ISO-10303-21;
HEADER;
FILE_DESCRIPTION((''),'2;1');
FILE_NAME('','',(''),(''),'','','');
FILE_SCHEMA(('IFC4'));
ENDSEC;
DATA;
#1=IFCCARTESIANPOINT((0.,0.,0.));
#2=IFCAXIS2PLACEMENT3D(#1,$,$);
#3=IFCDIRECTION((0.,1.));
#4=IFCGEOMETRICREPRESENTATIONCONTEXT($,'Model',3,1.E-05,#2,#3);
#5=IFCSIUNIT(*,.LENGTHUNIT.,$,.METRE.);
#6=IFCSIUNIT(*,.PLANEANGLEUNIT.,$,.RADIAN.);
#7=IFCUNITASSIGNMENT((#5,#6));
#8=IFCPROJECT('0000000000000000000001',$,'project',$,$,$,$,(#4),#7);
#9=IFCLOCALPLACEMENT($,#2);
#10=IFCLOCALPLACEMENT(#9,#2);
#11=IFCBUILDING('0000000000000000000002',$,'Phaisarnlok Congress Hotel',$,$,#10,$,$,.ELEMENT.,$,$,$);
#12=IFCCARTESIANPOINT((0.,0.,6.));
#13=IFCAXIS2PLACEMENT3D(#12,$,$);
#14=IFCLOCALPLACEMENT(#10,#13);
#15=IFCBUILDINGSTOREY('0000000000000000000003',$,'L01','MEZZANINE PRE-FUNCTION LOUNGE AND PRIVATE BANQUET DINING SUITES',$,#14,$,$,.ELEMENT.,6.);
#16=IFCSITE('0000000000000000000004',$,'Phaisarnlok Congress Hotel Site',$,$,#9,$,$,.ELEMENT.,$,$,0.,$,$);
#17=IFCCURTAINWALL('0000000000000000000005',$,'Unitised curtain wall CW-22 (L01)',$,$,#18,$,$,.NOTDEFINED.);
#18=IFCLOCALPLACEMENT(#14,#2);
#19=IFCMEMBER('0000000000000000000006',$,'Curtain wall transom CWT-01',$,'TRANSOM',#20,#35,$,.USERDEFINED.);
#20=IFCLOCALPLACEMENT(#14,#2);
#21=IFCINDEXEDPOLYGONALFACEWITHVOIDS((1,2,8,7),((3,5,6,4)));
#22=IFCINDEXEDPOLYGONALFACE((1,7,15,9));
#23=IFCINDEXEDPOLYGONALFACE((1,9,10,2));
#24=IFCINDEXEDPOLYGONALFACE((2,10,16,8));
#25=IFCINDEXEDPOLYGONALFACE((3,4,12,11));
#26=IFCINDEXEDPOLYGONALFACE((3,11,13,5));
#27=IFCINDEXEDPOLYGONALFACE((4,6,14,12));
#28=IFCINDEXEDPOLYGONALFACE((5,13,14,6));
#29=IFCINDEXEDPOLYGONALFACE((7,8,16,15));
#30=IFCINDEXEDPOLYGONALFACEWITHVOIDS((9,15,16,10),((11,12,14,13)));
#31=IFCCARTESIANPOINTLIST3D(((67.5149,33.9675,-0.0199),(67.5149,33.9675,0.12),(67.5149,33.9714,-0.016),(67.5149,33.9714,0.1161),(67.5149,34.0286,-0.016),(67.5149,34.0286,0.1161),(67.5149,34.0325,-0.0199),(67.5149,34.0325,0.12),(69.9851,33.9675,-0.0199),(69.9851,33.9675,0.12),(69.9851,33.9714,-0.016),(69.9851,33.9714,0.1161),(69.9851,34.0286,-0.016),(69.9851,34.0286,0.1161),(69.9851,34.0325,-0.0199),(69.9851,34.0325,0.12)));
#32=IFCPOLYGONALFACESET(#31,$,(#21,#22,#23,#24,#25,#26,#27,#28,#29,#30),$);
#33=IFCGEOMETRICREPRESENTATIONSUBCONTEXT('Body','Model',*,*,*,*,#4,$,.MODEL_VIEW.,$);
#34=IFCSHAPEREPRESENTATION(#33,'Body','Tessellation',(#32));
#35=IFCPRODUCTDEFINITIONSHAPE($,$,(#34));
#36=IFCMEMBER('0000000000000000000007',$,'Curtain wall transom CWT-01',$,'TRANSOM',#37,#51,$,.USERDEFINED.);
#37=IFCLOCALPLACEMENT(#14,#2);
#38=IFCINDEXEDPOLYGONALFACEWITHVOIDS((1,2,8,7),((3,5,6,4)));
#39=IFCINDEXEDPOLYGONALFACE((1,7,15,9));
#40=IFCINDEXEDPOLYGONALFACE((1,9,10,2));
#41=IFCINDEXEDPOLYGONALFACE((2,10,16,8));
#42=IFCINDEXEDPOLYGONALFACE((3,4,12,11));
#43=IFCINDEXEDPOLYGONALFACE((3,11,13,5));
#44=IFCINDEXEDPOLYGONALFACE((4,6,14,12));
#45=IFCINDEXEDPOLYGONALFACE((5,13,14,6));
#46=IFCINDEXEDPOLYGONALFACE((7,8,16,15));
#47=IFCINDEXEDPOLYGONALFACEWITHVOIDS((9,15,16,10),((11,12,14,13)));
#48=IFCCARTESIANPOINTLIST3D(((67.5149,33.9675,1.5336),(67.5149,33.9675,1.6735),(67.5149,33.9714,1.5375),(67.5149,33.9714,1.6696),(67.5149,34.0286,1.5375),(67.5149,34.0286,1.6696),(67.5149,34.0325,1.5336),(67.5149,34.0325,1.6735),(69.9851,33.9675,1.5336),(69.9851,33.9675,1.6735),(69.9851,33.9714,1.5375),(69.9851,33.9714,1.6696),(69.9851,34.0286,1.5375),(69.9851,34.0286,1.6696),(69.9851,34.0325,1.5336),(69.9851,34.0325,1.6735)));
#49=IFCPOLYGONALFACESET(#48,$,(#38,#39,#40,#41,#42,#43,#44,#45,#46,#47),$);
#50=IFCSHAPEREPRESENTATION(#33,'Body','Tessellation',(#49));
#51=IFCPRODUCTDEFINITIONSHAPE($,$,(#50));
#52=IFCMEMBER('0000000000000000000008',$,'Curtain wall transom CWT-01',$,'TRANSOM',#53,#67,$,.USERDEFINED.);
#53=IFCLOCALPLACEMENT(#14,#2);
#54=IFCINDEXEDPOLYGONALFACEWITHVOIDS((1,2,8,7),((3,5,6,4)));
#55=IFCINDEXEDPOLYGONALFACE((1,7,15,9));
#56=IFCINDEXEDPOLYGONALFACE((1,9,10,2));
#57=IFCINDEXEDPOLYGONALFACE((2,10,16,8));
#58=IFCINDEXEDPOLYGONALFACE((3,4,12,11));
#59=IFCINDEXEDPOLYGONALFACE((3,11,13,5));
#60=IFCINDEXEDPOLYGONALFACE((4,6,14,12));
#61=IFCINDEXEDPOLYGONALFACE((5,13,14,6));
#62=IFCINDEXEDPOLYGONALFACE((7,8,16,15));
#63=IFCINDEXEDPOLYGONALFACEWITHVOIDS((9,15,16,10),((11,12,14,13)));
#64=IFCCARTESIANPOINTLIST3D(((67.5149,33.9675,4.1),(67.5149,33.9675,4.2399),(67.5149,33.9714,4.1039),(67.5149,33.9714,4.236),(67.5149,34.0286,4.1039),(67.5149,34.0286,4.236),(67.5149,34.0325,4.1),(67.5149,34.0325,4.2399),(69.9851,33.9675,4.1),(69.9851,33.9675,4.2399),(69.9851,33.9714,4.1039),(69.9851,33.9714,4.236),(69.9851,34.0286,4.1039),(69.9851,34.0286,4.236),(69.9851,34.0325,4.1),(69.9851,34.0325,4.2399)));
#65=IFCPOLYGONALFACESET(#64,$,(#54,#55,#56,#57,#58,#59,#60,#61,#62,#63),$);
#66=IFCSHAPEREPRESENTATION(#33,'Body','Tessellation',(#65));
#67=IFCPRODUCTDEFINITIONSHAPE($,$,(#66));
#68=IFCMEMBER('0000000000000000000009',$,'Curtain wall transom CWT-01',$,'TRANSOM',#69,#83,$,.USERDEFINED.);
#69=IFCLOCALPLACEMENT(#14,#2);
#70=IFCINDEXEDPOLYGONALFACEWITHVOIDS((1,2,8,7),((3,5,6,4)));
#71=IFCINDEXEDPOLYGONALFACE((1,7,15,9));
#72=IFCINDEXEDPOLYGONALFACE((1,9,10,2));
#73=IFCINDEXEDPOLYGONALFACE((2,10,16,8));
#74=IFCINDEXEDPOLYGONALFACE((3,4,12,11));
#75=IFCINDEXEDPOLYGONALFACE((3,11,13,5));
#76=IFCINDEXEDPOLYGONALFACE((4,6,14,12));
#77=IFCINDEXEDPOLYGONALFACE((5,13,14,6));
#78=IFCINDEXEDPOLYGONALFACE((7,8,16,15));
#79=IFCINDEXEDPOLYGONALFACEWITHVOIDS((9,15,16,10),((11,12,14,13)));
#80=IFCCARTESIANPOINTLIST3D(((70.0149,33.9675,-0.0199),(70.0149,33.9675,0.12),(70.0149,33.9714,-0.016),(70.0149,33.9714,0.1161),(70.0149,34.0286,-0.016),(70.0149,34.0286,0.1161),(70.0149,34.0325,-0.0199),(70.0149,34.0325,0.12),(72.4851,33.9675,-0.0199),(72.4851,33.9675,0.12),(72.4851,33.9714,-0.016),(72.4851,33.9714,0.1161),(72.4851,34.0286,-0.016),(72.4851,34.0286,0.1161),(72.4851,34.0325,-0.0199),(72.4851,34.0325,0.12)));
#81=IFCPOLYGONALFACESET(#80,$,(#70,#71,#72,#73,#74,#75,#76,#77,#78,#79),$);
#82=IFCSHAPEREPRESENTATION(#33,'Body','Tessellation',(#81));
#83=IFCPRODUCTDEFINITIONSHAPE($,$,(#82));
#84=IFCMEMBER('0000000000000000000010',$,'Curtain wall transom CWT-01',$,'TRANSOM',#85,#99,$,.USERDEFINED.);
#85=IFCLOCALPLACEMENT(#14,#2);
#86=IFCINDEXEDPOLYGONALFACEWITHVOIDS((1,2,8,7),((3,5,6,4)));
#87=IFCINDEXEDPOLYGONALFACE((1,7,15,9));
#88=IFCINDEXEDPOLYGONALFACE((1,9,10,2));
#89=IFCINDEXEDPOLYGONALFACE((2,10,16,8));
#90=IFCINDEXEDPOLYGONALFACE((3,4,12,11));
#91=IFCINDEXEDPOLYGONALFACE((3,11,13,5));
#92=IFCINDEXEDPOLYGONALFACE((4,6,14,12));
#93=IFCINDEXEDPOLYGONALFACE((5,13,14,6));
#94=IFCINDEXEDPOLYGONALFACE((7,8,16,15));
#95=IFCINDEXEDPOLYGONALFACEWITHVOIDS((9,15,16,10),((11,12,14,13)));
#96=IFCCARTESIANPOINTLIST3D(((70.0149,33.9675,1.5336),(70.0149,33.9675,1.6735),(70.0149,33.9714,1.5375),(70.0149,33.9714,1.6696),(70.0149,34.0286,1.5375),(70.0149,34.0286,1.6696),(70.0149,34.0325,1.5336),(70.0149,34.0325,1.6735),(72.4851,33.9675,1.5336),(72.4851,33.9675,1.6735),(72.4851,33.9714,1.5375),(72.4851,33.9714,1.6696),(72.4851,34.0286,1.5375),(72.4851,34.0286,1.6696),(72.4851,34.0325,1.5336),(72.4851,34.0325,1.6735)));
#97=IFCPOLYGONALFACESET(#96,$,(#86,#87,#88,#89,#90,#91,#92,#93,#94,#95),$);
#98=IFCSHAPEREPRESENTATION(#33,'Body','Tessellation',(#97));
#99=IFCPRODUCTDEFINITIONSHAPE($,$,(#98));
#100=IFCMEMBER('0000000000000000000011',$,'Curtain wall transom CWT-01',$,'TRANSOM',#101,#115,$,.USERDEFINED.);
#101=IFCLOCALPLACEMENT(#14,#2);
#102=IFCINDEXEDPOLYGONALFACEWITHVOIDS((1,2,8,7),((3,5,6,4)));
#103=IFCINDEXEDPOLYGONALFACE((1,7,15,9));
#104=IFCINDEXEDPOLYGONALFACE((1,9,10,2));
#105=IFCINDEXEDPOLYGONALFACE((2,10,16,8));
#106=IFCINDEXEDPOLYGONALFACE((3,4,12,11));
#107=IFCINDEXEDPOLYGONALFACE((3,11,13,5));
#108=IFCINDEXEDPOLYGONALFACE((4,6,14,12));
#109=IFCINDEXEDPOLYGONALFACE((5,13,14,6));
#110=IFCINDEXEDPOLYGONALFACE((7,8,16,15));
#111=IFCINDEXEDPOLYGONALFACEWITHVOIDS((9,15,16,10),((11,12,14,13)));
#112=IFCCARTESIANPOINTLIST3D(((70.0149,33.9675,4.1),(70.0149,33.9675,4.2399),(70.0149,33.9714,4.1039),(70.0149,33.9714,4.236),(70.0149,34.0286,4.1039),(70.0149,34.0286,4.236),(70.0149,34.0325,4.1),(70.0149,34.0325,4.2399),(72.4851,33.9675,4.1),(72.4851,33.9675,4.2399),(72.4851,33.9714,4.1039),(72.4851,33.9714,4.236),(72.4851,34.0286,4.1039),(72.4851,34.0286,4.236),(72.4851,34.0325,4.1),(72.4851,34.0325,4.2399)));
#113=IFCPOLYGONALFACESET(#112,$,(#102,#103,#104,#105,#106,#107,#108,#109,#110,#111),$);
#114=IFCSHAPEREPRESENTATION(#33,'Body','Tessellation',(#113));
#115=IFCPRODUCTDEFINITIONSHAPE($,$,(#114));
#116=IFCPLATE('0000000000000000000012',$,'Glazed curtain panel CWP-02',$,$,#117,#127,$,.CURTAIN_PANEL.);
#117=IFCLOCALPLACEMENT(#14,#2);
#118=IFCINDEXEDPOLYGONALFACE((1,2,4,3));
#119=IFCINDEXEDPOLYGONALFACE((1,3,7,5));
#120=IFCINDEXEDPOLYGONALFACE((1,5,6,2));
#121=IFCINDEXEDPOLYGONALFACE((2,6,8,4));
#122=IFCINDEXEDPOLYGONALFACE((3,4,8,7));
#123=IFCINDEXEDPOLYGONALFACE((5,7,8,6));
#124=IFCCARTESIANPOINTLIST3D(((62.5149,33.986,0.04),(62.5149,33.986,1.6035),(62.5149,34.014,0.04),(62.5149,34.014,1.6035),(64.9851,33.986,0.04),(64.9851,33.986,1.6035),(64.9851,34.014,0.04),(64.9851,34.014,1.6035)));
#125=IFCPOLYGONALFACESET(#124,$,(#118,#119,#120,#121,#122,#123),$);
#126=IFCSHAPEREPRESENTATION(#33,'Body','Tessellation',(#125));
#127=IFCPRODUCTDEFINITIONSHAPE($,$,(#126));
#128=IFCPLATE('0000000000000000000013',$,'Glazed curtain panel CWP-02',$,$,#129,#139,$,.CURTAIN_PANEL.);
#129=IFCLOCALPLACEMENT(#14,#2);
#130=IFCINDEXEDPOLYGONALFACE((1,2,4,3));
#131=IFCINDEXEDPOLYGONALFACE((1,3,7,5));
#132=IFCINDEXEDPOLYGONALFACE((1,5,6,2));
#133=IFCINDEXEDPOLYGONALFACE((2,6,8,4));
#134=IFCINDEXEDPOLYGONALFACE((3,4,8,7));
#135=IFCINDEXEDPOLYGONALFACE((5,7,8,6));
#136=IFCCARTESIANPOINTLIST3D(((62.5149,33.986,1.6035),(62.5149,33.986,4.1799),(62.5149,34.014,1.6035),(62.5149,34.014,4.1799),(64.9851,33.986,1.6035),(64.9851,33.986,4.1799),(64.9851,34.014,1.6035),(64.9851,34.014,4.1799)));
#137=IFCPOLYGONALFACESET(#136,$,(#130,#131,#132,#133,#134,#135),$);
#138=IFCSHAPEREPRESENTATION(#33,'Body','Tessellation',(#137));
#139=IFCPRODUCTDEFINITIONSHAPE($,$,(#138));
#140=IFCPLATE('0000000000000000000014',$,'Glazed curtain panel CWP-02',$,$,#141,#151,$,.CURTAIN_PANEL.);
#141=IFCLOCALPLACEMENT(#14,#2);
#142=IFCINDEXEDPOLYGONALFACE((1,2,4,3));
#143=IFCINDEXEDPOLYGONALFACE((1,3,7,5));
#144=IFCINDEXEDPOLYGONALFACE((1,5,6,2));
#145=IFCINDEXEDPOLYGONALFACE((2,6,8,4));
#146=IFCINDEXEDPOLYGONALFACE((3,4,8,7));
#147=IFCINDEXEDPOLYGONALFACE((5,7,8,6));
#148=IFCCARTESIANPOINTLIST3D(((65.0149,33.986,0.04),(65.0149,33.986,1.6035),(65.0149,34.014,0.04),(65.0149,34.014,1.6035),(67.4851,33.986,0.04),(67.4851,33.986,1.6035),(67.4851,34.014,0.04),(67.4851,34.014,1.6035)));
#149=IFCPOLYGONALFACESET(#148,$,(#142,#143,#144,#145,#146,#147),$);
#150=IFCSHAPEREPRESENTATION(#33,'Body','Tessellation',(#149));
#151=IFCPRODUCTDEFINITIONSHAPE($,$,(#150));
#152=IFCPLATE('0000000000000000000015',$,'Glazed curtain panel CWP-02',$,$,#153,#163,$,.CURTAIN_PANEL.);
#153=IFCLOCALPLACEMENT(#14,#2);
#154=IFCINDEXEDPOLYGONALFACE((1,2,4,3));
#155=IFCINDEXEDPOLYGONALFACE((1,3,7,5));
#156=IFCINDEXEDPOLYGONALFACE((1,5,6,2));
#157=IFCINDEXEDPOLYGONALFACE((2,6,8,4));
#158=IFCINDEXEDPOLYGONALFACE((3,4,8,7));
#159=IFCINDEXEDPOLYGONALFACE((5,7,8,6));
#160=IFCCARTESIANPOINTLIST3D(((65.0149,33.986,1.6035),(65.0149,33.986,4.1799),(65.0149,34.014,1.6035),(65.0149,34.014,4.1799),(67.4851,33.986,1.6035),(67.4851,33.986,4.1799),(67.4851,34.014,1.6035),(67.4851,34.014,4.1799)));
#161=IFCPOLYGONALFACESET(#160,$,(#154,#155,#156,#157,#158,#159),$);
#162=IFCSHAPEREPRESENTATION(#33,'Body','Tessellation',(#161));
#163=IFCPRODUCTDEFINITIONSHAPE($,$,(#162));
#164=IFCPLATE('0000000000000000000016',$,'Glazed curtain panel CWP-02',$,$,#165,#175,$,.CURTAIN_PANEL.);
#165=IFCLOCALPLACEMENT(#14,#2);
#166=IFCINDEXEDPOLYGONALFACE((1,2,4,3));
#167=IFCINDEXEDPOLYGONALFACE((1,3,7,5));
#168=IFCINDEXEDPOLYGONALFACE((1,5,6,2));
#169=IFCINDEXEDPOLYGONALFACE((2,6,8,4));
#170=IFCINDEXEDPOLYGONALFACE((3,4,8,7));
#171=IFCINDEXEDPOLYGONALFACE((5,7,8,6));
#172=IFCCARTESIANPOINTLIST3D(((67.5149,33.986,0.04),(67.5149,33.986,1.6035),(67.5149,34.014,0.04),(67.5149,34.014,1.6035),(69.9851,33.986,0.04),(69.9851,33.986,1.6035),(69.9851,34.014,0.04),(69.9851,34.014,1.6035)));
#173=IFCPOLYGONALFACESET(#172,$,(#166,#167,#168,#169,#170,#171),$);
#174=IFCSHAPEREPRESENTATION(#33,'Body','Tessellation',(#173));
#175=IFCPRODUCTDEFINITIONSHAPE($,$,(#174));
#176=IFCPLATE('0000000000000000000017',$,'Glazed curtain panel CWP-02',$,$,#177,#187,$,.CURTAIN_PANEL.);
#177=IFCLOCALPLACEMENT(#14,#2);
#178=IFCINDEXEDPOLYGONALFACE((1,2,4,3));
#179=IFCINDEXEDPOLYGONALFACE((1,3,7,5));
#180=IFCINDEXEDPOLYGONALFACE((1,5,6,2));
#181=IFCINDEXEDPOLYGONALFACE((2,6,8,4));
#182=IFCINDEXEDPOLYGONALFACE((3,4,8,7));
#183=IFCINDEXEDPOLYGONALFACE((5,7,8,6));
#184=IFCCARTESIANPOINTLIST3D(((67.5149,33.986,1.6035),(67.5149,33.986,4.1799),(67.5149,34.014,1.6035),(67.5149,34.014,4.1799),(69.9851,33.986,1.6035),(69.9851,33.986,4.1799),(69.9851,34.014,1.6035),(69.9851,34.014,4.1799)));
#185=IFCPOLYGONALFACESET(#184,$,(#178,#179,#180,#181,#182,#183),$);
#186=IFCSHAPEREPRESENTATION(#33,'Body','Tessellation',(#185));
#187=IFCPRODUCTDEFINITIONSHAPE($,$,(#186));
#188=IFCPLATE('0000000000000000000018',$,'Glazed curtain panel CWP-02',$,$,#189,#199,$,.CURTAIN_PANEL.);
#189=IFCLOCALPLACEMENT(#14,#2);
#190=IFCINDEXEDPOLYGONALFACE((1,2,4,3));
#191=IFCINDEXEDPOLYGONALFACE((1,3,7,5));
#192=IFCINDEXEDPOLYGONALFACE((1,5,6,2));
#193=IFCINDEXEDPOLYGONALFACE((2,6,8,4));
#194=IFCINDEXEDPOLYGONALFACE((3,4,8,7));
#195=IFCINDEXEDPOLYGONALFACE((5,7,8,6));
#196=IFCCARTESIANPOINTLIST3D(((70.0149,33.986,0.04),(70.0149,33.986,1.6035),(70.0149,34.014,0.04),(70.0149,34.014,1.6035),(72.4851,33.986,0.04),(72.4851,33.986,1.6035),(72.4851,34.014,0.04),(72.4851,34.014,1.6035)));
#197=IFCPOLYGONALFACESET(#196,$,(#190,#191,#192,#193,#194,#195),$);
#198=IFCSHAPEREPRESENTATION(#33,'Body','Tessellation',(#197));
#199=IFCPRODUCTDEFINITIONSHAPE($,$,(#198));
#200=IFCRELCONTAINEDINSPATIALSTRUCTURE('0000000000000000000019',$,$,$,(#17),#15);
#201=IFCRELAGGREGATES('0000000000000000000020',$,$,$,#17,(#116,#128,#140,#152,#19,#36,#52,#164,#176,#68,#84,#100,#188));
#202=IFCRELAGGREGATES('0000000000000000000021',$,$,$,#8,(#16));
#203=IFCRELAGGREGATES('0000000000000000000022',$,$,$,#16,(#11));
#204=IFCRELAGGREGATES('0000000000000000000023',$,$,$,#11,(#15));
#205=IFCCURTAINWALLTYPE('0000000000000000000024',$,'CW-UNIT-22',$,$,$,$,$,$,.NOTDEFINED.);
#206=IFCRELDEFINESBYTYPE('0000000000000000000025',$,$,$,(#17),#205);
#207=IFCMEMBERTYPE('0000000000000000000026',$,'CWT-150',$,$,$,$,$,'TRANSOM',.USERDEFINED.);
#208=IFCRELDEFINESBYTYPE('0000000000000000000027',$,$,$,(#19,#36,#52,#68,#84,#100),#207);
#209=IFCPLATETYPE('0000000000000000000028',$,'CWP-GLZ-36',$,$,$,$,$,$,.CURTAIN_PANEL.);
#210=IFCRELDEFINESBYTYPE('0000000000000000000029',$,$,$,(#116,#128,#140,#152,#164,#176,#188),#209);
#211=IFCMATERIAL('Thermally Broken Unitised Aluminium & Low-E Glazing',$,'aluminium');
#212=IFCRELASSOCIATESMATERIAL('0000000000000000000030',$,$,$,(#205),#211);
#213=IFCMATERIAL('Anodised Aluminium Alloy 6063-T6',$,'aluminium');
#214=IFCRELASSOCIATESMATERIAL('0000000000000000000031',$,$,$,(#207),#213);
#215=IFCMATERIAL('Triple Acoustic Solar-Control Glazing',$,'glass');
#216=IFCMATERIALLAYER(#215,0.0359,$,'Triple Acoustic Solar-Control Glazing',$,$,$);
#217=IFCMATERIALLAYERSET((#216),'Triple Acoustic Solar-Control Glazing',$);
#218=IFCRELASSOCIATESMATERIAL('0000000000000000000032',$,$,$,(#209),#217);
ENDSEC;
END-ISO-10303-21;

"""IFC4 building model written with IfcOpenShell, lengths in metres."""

from ifc_helpers import new_model, si_unit, direction, frame, frame_2d, origin, origin_2d, place, context, subcontext, project, spatial, rectangle, hollow_rectangle, extrude, material, layer, layer_set, material_profile, profile_set, type_object, element, aggregate, save


model = new_model("IFC4")

# Units and contexts
model_context = context("Model", 3, precision=1e-05, world=origin(), true_north=direction((0.0, 1.0)))
body_context = subcontext(model_context, "Body", "Model", "MODEL_VIEW")
ifc_project = project(units=[si_unit("LENGTHUNIT", "METRE"), si_unit("PLANEANGLEUNIT", "RADIAN")], contexts=[model_context])

# Site, building, storey
site_placement = place(None, origin())
site = spatial("IfcSite", under=ifc_project, at=site_placement, Name="Phaisarnlok Congress Hotel Site", CompositionType="ELEMENT", RefElevation=0.0)
building_placement = place(site_placement, origin())
building = spatial("IfcBuilding", under=site, at=building_placement, Name="Phaisarnlok Congress Hotel", CompositionType="ELEMENT")
storey_placement = place(building_placement, frame((0.0, 0.0, 6.0)))
storey = spatial("IfcBuildingStorey", under=building, at=storey_placement, Name="L01", Description="MEZZANINE PRE-FUNCTION LOUNGE AND PRIVATE BANQUET DINING SUITES", CompositionType="ELEMENT", Elevation=6.0)

# Curtain wall, members, plates
ifc_material_1 = material(Name="Thermally Broken Unitised Aluminium & Low-E Glazing", Category="aluminium")
curtain_wall_type = type_object("IfcCurtainWallType", Name="CW-UNIT-22", PredefinedType="NOTDEFINED", material=ifc_material_1)
curtain_wall_placement = place(storey_placement, origin())
curtain_wall = element("IfcCurtainWall", 1, at=curtain_wall_placement, inside=storey, type_object=curtain_wall_type, Name="Unitised curtain wall CW-22 (L01)", PredefinedType="NOTDEFINED")
ifc_material_2 = material(Name="Anodised Aluminium Alloy 6063-T6", Category="aluminium")
ifc_material_profile_1 = material_profile(ifc_material_2, hollow_rectangle(XDim=0.0649, YDim=0.1399, WallThickness=0.0039, at=origin_2d()), Name="ALU-T 65x140x4")
ifc_profile_set_1 = profile_set([ifc_material_profile_1], Name="Anodised Aluminium Alloy 6063-T6")
member_type_1 = type_object("IfcMemberType", Name="CWT-150", ElementType="TRANSOM", PredefinedType="USERDEFINED", material=ifc_profile_set_1)
member_1_placement = place(storey_placement, frame((67.5149, 34.0, 0.05), z_axis=(1.0, 0.0, 0.0), x_axis=(0.0, 1.0, 0.0)))
member_1 = element("IfcMember", 2, at=member_1_placement, type_object=member_type_1, Name="Curtain wall transom CWT-01", ObjectType="TRANSOM", PredefinedType="USERDEFINED", context=body_context, shape_type="SweptSolid", body=[
    extrude(hollow_rectangle(XDim=0.0649, YDim=0.1399, WallThickness=0.0039, at=origin_2d()), origin(), (0.0, 0.0, 1.0), 2.4702),
])
member_2_placement = place(storey_placement, frame((67.5149, 34.0, 1.6035), z_axis=(1.0, 0.0, 0.0), x_axis=(0.0, 1.0, 0.0)))
member_2 = element("IfcMember", 3, at=member_2_placement, type_object=member_type_1, Name="Curtain wall transom CWT-01", ObjectType="TRANSOM", PredefinedType="USERDEFINED", context=body_context, shape_type="SweptSolid", body=[
    extrude(hollow_rectangle(XDim=0.0649, YDim=0.1399, WallThickness=0.0039, at=origin_2d()), origin(), (0.0, 0.0, 1.0), 2.4702),
])
member_3_placement = place(storey_placement, frame((67.5149, 34.0, 4.1699), z_axis=(1.0, 0.0, 0.0), x_axis=(0.0, 1.0, 0.0)))
member_3 = element("IfcMember", 4, at=member_3_placement, type_object=member_type_1, Name="Curtain wall transom CWT-01", ObjectType="TRANSOM", PredefinedType="USERDEFINED", context=body_context, shape_type="SweptSolid", body=[
    extrude(hollow_rectangle(XDim=0.0649, YDim=0.1399, WallThickness=0.0039, at=origin_2d()), origin(), (0.0, 0.0, 1.0), 2.4702),
])
member_4_placement = place(storey_placement, frame((70.0149, 34.0, 0.05), z_axis=(1.0, 0.0, 0.0), x_axis=(0.0, 1.0, 0.0)))
member_4 = element("IfcMember", 5, at=member_4_placement, type_object=member_type_1, Name="Curtain wall transom CWT-01", ObjectType="TRANSOM", PredefinedType="USERDEFINED", context=body_context, shape_type="SweptSolid", body=[
    extrude(hollow_rectangle(XDim=0.0649, YDim=0.1399, WallThickness=0.0039, at=origin_2d()), origin(), (0.0, 0.0, 1.0), 2.4702),
])
member_5_placement = place(storey_placement, frame((70.0149, 34.0, 1.6035), z_axis=(1.0, 0.0, 0.0), x_axis=(0.0, 1.0, 0.0)))
member_5 = element("IfcMember", 6, at=member_5_placement, type_object=member_type_1, Name="Curtain wall transom CWT-01", ObjectType="TRANSOM", PredefinedType="USERDEFINED", context=body_context, shape_type="SweptSolid", body=[
    extrude(hollow_rectangle(XDim=0.0649, YDim=0.1399, WallThickness=0.0039, at=origin_2d()), origin(), (0.0, 0.0, 1.0), 2.4702),
])
member_6_placement = place(storey_placement, frame((70.0149, 34.0, 4.1699), z_axis=(1.0, 0.0, 0.0), x_axis=(0.0, 1.0, 0.0)))
member_6 = element("IfcMember", 7, at=member_6_placement, type_object=member_type_1, Name="Curtain wall transom CWT-01", ObjectType="TRANSOM", PredefinedType="USERDEFINED", context=body_context, shape_type="SweptSolid", body=[
    extrude(hollow_rectangle(XDim=0.0649, YDim=0.1399, WallThickness=0.0039, at=origin_2d()), origin(), (0.0, 0.0, 1.0), 2.4702),
])
ifc_material_3 = material(Name="Triple Acoustic Solar-Control Glazing", Category="glass")
ifc_layer = layer(ifc_material_3, 0.0359, Name="Triple Acoustic Solar-Control Glazing")
ifc_layer_set = layer_set([ifc_layer], Name="Triple Acoustic Solar-Control Glazing")
plate_type = type_object("IfcPlateType", Name="CWP-GLZ-36", PredefinedType="CURTAIN_PANEL", material=ifc_layer_set)
plate_1_placement = place(storey_placement, frame((62.5149, 34.0, 0.04), z_axis=(0.0, 0.0, 1.0), x_axis=(1.0, 0.0, 0.0)))
plate_1 = element("IfcPlate", 8, at=plate_1_placement, type_object=plate_type, Name="Glazed curtain panel CWP-02", PredefinedType="CURTAIN_PANEL", context=body_context, shape_type="SweptSolid", body=[
    extrude(rectangle(XDim=2.4702, YDim=0.0281, at=frame_2d((1.2351, 0.0))), origin(), (0.0, 0.0, 1.0), 1.5635),
])
plate_2_placement = place(storey_placement, frame((62.5149, 34.0, 1.6035), z_axis=(0.0, 0.0, 1.0), x_axis=(1.0, 0.0, 0.0)))
plate_2 = element("IfcPlate", 9, at=plate_2_placement, type_object=plate_type, Name="Glazed curtain panel CWP-02", PredefinedType="CURTAIN_PANEL", context=body_context, shape_type="SweptSolid", body=[
    extrude(rectangle(XDim=2.4702, YDim=0.0281, at=frame_2d((1.2351, 0.0))), origin(), (0.0, 0.0, 1.0), 2.5764),
])
plate_3_placement = place(storey_placement, frame((65.0149, 34.0, 0.04), z_axis=(0.0, 0.0, 1.0), x_axis=(1.0, 0.0, 0.0)))
plate_3 = element("IfcPlate", 10, at=plate_3_placement, type_object=plate_type, Name="Glazed curtain panel CWP-02", PredefinedType="CURTAIN_PANEL", context=body_context, shape_type="SweptSolid", body=[
    extrude(rectangle(XDim=2.4702, YDim=0.0281, at=frame_2d((1.2351, 0.0))), origin(), (0.0, 0.0, 1.0), 1.5635),
])
plate_4_placement = place(storey_placement, frame((65.0149, 34.0, 1.6035), z_axis=(0.0, 0.0, 1.0), x_axis=(1.0, 0.0, 0.0)))
plate_4 = element("IfcPlate", 11, at=plate_4_placement, type_object=plate_type, Name="Glazed curtain panel CWP-02", PredefinedType="CURTAIN_PANEL", context=body_context, shape_type="SweptSolid", body=[
    extrude(rectangle(XDim=2.4702, YDim=0.0281, at=frame_2d((1.2351, 0.0))), origin(), (0.0, 0.0, 1.0), 2.5764),
])
plate_5_placement = place(storey_placement, frame((67.5149, 34.0, 0.04), z_axis=(0.0, 0.0, 1.0), x_axis=(1.0, 0.0, 0.0)))
plate_5 = element("IfcPlate", 12, at=plate_5_placement, type_object=plate_type, Name="Glazed curtain panel CWP-02", PredefinedType="CURTAIN_PANEL", context=body_context, shape_type="SweptSolid", body=[
    extrude(rectangle(XDim=2.4702, YDim=0.0281, at=frame_2d((1.2351, 0.0))), origin(), (0.0, 0.0, 1.0), 1.5635),
])
plate_6_placement = place(storey_placement, frame((67.5149, 34.0, 1.6035), z_axis=(0.0, 0.0, 1.0), x_axis=(1.0, 0.0, 0.0)))
plate_6 = element("IfcPlate", 13, at=plate_6_placement, type_object=plate_type, Name="Glazed curtain panel CWP-02", PredefinedType="CURTAIN_PANEL", context=body_context, shape_type="SweptSolid", body=[
    extrude(rectangle(XDim=2.4702, YDim=0.0281, at=frame_2d((1.2351, 0.0))), origin(), (0.0, 0.0, 1.0), 2.5764),
])
plate_7_placement = place(storey_placement, frame((70.0149, 34.0, 0.04), z_axis=(0.0, 0.0, 1.0), x_axis=(1.0, 0.0, 0.0)))
plate_7 = element("IfcPlate", 14, at=plate_7_placement, type_object=plate_type, Name="Glazed curtain panel CWP-02", PredefinedType="CURTAIN_PANEL", context=body_context, shape_type="SweptSolid", body=[
    extrude(rectangle(XDim=2.4702, YDim=0.0281, at=frame_2d((1.2351, 0.0))), origin(), (0.0, 0.0, 1.0), 1.5635),
])
aggregate(curtain_wall, [plate_1, plate_2, plate_3, plate_4, member_1, member_2, member_3, plate_5, plate_6, member_4, member_5, member_6, plate_7])

save(model, "model.ifc")
